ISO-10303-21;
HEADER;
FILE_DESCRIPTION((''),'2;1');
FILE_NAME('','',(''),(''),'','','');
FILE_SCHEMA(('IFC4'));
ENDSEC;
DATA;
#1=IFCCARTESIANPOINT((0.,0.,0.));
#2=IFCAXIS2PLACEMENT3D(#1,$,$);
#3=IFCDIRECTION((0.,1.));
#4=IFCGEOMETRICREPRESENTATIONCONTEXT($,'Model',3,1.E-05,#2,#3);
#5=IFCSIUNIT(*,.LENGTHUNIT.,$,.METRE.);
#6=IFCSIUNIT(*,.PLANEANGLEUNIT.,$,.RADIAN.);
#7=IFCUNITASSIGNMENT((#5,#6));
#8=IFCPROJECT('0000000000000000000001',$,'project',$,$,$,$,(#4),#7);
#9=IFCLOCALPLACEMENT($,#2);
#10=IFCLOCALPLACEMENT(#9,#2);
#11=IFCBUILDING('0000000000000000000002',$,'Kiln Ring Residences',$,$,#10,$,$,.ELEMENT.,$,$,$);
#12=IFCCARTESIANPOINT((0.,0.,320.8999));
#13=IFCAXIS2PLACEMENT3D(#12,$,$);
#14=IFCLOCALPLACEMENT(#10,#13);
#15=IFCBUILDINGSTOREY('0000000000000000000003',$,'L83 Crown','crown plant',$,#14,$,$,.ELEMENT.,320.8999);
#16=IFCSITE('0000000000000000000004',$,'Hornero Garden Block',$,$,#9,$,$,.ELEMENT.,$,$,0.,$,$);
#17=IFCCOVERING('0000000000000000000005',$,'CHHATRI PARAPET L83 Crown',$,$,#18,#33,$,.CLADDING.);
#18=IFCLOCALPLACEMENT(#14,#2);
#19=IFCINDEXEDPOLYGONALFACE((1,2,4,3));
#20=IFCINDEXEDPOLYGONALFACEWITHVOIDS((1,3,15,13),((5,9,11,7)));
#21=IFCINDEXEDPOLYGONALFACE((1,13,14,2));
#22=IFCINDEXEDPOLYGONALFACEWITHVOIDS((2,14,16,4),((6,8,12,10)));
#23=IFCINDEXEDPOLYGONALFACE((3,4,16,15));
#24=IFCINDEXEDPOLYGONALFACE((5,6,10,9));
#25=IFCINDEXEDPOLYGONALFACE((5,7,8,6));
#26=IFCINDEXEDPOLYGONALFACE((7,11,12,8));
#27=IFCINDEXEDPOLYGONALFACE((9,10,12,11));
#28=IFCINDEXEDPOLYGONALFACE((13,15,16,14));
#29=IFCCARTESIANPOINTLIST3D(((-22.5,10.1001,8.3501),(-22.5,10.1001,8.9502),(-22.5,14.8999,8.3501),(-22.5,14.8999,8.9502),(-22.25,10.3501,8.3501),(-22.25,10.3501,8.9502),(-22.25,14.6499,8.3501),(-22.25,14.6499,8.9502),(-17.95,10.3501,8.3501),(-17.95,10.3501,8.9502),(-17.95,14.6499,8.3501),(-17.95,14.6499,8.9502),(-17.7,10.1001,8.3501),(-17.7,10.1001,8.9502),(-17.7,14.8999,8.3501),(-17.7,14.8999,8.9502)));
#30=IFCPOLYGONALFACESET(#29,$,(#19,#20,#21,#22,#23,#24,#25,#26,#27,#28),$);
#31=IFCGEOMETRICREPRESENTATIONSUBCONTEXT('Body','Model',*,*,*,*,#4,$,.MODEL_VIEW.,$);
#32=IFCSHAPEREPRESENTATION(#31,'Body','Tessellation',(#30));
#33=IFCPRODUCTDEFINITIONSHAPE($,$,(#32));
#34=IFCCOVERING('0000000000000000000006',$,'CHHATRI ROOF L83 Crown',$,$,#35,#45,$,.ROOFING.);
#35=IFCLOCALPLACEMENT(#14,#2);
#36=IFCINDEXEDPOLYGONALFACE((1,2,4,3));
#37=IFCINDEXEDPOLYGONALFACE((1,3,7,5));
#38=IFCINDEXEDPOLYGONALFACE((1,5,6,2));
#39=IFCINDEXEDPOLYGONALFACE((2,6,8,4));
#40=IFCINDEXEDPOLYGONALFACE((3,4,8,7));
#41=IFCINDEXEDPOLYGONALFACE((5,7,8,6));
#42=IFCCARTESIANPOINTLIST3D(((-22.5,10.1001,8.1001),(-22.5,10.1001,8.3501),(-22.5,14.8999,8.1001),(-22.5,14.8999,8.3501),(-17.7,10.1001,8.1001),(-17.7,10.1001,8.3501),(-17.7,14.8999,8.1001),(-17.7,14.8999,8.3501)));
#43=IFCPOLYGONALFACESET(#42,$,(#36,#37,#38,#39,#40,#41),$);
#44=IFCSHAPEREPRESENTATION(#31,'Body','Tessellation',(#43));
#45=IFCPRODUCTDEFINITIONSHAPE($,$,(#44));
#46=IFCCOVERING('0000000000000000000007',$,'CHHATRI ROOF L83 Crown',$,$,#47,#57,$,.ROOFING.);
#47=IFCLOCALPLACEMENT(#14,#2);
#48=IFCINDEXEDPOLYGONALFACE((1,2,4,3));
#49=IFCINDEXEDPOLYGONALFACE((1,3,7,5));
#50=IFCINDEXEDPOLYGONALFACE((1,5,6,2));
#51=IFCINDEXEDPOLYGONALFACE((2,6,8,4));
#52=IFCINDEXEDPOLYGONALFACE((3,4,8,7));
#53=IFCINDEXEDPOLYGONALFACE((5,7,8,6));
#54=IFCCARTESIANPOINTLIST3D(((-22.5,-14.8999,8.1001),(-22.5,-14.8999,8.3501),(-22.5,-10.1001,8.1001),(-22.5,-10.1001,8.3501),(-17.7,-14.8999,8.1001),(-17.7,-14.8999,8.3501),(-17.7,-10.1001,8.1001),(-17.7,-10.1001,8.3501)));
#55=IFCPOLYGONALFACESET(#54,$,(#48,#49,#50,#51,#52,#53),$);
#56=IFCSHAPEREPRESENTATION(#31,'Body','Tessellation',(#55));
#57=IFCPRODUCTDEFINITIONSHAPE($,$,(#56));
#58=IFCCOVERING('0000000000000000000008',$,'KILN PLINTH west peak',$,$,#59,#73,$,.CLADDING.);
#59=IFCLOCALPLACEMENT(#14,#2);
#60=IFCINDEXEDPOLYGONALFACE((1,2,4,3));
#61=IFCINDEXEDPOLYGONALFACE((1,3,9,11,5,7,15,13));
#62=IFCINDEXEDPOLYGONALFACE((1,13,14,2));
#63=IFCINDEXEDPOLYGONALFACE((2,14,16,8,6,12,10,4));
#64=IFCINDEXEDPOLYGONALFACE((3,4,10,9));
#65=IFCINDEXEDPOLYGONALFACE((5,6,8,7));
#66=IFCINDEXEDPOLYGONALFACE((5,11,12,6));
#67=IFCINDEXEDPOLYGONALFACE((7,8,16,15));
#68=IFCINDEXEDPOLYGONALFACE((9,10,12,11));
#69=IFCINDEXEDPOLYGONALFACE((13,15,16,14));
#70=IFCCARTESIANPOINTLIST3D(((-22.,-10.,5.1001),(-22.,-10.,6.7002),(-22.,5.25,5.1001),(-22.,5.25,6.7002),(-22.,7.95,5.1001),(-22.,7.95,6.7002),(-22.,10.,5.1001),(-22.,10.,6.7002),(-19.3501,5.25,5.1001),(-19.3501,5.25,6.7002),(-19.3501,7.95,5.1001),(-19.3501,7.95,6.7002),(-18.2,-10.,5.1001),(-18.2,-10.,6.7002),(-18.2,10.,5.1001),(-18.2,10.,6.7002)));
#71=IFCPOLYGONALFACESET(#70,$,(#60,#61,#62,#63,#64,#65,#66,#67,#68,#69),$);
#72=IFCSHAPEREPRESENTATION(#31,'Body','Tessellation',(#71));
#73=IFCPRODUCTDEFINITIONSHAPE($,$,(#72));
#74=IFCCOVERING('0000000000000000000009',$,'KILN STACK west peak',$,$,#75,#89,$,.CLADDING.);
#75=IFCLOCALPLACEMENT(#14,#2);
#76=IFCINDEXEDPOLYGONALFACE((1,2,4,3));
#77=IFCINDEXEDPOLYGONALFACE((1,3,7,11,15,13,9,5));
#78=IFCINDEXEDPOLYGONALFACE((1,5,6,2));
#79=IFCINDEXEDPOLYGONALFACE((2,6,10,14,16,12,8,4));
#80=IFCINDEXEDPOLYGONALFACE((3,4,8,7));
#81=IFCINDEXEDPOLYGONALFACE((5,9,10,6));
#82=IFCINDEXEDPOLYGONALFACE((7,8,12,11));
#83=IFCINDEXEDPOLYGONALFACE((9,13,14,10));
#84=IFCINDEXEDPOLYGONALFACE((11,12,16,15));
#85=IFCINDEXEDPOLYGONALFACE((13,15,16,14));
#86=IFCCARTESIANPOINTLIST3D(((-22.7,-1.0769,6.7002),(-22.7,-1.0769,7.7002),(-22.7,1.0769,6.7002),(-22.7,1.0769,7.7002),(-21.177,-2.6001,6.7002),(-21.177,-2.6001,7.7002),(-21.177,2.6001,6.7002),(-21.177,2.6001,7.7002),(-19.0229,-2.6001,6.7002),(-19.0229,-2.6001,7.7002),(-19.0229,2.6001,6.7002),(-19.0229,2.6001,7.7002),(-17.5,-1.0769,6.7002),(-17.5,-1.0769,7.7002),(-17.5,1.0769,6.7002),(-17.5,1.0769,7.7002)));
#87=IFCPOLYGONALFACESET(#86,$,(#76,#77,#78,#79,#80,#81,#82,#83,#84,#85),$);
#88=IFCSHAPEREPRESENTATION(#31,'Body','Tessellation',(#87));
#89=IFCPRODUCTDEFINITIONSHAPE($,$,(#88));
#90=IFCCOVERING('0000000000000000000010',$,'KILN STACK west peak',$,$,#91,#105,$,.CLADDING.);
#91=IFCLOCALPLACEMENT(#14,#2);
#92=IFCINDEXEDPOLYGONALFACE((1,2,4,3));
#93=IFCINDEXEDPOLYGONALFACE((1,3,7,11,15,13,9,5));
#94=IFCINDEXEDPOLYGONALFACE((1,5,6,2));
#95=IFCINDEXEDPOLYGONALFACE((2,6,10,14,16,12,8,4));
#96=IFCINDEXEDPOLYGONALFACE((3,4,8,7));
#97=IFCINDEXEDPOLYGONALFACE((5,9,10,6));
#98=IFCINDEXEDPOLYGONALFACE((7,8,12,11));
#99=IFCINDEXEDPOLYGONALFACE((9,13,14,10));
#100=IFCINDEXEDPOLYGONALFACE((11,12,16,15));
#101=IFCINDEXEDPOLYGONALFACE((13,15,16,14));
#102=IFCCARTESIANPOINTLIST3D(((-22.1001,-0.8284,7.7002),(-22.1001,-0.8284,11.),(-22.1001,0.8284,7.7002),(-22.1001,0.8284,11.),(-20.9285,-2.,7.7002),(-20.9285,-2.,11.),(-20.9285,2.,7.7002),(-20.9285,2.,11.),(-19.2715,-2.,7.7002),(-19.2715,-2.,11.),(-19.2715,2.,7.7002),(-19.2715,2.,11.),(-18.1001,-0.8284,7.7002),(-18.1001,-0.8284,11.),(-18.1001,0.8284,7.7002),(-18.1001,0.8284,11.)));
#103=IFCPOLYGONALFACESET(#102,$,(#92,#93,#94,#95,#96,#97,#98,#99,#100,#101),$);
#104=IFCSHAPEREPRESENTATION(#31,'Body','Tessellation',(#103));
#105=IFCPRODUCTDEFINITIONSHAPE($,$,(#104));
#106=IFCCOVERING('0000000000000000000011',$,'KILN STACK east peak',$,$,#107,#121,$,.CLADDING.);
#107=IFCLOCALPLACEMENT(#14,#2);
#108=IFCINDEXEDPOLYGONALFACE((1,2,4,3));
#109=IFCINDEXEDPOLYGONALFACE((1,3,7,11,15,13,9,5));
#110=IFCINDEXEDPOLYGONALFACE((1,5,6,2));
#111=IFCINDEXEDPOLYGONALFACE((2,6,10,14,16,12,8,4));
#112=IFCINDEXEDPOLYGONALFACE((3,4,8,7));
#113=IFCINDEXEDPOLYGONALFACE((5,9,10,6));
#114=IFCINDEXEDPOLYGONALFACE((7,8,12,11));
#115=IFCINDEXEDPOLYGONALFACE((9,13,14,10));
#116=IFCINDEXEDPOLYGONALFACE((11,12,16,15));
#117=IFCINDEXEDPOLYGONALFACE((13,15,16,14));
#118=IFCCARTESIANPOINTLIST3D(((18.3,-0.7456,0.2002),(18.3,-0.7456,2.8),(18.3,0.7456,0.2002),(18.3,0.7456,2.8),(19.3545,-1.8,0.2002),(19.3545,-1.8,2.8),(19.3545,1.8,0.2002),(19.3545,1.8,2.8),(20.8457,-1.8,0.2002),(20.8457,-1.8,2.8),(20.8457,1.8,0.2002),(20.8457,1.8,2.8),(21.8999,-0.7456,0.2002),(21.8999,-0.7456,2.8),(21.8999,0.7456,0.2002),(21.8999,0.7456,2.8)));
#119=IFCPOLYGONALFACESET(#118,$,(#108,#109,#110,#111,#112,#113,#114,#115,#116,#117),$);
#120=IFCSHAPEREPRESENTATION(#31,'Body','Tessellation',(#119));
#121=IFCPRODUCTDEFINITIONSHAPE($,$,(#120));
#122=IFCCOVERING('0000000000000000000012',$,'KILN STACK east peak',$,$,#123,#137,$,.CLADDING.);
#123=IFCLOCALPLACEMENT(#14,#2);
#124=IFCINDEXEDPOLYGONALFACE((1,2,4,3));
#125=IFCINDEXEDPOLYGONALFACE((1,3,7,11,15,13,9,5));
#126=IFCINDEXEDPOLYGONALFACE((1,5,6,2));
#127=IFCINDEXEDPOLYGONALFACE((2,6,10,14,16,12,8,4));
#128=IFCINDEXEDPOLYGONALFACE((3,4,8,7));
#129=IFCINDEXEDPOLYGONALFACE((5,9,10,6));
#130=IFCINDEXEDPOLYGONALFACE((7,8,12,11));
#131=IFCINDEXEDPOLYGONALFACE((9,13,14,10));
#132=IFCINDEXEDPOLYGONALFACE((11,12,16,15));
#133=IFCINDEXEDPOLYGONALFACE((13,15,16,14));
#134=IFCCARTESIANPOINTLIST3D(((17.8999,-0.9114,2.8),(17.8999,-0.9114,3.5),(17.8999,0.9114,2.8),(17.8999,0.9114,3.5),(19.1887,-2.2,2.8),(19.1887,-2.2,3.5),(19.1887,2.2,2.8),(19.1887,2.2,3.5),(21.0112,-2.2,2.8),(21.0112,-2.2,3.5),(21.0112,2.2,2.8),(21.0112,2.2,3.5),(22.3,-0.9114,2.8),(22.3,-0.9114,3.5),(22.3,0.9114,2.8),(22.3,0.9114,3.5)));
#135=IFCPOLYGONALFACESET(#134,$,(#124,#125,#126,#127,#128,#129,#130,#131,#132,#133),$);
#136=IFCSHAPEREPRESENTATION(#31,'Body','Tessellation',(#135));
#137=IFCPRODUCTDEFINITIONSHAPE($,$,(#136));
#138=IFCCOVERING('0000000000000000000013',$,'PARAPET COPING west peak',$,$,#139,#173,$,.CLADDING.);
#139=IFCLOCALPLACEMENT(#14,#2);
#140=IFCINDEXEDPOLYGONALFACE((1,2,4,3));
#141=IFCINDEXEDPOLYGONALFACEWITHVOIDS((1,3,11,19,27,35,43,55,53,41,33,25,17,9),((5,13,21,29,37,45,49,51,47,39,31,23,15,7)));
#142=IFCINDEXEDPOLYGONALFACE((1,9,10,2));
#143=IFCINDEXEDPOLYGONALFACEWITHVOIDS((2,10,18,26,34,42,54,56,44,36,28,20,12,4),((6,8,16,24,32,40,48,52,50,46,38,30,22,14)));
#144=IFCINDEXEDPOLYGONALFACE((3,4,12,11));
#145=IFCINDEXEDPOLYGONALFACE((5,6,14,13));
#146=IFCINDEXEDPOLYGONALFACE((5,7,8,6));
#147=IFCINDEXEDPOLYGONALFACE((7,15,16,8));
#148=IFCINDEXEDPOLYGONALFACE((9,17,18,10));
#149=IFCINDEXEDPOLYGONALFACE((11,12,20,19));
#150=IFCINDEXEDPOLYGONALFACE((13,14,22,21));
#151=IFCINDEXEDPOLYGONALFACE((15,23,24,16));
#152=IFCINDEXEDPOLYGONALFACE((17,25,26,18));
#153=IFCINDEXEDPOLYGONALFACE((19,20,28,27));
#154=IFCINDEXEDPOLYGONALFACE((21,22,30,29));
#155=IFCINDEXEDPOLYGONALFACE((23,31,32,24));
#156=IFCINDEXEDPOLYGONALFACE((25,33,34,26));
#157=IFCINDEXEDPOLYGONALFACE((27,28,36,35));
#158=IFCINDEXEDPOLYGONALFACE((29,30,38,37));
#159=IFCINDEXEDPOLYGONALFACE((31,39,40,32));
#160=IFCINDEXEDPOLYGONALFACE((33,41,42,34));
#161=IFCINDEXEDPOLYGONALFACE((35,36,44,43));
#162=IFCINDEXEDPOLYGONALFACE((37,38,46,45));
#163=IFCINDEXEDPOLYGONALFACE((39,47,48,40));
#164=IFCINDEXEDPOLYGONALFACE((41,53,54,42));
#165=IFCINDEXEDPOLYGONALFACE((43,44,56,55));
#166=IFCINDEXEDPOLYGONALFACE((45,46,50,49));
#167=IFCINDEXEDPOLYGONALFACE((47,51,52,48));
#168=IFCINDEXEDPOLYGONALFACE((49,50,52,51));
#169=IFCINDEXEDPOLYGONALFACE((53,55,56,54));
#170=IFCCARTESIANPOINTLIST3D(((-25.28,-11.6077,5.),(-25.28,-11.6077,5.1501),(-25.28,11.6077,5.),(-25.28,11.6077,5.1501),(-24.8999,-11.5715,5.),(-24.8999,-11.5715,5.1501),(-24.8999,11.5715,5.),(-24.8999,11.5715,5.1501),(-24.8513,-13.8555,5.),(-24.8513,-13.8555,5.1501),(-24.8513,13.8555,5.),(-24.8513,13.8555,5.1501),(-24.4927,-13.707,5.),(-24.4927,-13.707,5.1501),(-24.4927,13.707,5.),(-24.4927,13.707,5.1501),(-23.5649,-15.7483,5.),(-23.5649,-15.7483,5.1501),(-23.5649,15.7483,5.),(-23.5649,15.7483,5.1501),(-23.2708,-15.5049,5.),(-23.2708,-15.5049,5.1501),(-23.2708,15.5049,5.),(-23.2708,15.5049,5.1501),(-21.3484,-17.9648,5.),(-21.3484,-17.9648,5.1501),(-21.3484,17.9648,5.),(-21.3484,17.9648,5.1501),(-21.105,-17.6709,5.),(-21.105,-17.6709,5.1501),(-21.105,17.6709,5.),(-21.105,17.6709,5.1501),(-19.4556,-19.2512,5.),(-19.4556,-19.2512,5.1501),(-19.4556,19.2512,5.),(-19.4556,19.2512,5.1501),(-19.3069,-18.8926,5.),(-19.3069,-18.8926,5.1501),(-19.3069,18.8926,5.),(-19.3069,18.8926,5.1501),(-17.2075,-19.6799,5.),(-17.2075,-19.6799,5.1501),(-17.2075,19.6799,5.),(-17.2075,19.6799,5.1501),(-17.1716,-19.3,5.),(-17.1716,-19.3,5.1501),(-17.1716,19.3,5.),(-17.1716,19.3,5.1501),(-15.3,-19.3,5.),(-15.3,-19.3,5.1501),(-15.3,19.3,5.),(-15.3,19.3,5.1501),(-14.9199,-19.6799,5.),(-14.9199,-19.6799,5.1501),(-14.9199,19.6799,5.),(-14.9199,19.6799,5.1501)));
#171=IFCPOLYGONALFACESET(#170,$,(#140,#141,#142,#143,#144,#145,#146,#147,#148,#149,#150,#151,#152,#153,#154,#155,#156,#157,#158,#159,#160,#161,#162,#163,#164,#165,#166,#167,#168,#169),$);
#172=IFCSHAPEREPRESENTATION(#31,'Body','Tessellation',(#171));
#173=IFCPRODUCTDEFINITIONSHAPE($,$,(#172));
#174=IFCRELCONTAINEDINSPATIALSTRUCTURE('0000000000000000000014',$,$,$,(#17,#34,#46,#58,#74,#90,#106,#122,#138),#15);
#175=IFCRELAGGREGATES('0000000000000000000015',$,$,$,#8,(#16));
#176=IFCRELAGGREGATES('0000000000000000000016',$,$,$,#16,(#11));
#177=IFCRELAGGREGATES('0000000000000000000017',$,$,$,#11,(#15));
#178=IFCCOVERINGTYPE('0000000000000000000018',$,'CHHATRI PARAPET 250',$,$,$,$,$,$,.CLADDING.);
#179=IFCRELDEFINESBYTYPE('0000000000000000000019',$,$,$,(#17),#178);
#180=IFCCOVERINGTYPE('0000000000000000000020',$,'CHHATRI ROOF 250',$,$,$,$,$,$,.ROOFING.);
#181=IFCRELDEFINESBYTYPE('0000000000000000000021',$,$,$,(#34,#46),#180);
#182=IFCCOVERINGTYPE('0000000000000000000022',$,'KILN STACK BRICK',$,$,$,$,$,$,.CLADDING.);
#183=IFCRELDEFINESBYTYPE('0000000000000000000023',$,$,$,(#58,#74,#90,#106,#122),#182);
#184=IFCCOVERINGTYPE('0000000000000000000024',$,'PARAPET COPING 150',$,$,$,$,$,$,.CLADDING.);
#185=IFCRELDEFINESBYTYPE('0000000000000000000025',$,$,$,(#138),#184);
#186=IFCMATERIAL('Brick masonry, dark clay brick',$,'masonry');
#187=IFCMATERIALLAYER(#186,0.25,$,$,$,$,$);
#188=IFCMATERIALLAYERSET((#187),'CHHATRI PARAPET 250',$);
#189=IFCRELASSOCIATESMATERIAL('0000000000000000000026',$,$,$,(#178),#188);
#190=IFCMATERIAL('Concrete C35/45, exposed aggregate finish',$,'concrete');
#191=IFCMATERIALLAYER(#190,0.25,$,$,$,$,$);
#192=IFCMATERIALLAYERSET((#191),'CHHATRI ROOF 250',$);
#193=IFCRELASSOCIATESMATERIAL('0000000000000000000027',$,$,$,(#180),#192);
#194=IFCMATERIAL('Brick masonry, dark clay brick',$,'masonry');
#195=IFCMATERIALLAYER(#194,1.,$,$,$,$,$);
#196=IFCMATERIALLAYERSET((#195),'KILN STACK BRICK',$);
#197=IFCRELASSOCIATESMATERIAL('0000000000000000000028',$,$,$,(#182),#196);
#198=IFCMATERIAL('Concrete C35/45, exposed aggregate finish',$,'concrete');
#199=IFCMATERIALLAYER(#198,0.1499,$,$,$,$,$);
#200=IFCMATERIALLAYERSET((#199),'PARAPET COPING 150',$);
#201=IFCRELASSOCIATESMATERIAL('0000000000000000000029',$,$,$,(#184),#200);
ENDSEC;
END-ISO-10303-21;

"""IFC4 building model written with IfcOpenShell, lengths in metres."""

from ifc_helpers import new_model, si_unit, direction, frame, origin, place, context, subcontext, project, spatial, polyline, outline, extrude, material, layer, layer_set, type_object, element, save


model = new_model("IFC4")

# Units and contexts
model_context = context("Model", 3, precision=1e-05, world=origin(), true_north=direction((0.0, 1.0)))
body_context = subcontext(model_context, "Body", "Model", "MODEL_VIEW")
ifc_project = project(units=[si_unit("LENGTHUNIT", "METRE"), si_unit("PLANEANGLEUNIT", "RADIAN")], contexts=[model_context])

# Site, building, storey
site_placement = place(None, origin())
site = spatial("IfcSite", under=ifc_project, at=site_placement, Name="Hornero Garden Block", CompositionType="ELEMENT", RefElevation=0.0)
building_placement = place(site_placement, origin())
building = spatial("IfcBuilding", under=site, at=building_placement, Name="Kiln Ring Residences", CompositionType="ELEMENT")
storey_placement = place(building_placement, frame((0.0, 0.0, 320.8999)))
storey = spatial("IfcBuildingStorey", under=building, at=storey_placement, Name="L83 Crown", Description="crown plant", CompositionType="ELEMENT", Elevation=320.8999)

# Shared definitions
placement_1 = place(storey_placement, frame((0.0, 0.0, 5.1001)))

# Coverings
ifc_material_1 = material(Name="Brick masonry, dark clay brick", Category="masonry")
ifc_layer_1 = layer(ifc_material_1, 0.25)
ifc_layer_set_1 = layer_set([ifc_layer_1], Name="CHHATRI PARAPET 250")
covering_type_1 = type_object("IfcCoveringType", Name="CHHATRI PARAPET 250", PredefinedType="CLADDING", material=ifc_layer_set_1)
covering_1_placement = place(storey_placement, frame((0.0, 0.0, 8.3501)))
element("IfcCovering", 1, at=covering_1_placement, inside=storey, type_object=covering_type_1, Name="CHHATRI PARAPET L83 Crown", PredefinedType="CLADDING", context=body_context, shape_type="SweptSolid", body=[
    extrude(outline(polyline([(-22.5, 10.1001), (-17.7, 10.1001), (-17.7, 14.8999), (-22.5, 14.8999), (-22.5, 10.1001)]), holes=[polyline([(-17.95, 14.6499), (-17.95, 10.3501), (-22.25, 10.3501), (-22.25, 14.6499), (-17.95, 14.6499)])]), origin(), (0.0, 0.0, 1.0), 0.6001),
])
ifc_material_2 = material(Name="Concrete C35/45, exposed aggregate finish", Category="concrete")
ifc_layer_2 = layer(ifc_material_2, 0.25)
ifc_layer_set_2 = layer_set([ifc_layer_2], Name="CHHATRI ROOF 250")
covering_type_2 = type_object("IfcCoveringType", Name="CHHATRI ROOF 250", PredefinedType="ROOFING", material=ifc_layer_set_2)
placement_2 = place(storey_placement, frame((0.0, 0.0, 8.1001)))
element("IfcCovering", 2, at=placement_2, inside=storey, type_object=covering_type_2, Name="CHHATRI ROOF L83 Crown", PredefinedType="ROOFING", context=body_context, shape_type="SweptSolid", body=[
    extrude(outline(polyline([(-17.7, 10.1001), (-17.7, 14.8999), (-22.5, 14.8999), (-22.5, 10.1001), (-17.7, 10.1001)])), origin(), (0.0, 0.0, 1.0), 0.25),
])
element("IfcCovering", 3, at=placement_2, inside=storey, type_object=covering_type_2, Name="CHHATRI ROOF L83 Crown", PredefinedType="ROOFING", context=body_context, shape_type="SweptSolid", body=[
    extrude(outline(polyline([(-17.7, -14.8999), (-17.7, -10.1001), (-22.5, -10.1001), (-22.5, -14.8999), (-17.7, -14.8999)])), origin(), (0.0, 0.0, 1.0), 0.25),
])
ifc_material_3 = material(Name="Brick masonry, dark clay brick", Category="masonry")
ifc_layer_3 = layer(ifc_material_3, 1.0)
ifc_layer_set_3 = layer_set([ifc_layer_3], Name="KILN STACK BRICK")
covering_type_3 = type_object("IfcCoveringType", Name="KILN STACK BRICK", PredefinedType="CLADDING", material=ifc_layer_set_3)
element("IfcCovering", 4, at=placement_1, inside=storey, type_object=covering_type_3, Name="KILN PLINTH west peak", PredefinedType="CLADDING", context=body_context, shape_type="SweptSolid", body=[
    extrude(outline(polyline([(-18.2, 10.0), (-22.0, 10.0), (-22.0, 7.95), (-19.3501, 7.95), (-19.3501, 5.25), (-22.0, 5.25), (-22.0, -10.0), (-18.2, -10.0), (-18.2, 10.0)])), origin(), (0.0, 0.0, 1.0), 1.6001),
])
covering_2_placement = place(storey_placement, frame((0.0, 0.0, 6.7002)))
element("IfcCovering", 5, at=covering_2_placement, inside=storey, type_object=covering_type_3, Name="KILN STACK west peak", PredefinedType="CLADDING", context=body_context, shape_type="SweptSolid", body=[
    extrude(outline(polyline([(-17.5, 1.0769), (-19.0229, 2.6001), (-21.177, 2.6001), (-22.7, 1.0769), (-22.7, -1.0769), (-21.177, -2.6001), (-19.0229, -2.6001), (-17.5, -1.0769), (-17.5, 1.0769)])), origin(), (0.0, 0.0, 1.0), 1.0),
])
covering_3_placement = place(storey_placement, frame((0.0, 0.0, 7.7002)))
element("IfcCovering", 6, at=covering_3_placement, inside=storey, type_object=covering_type_3, Name="KILN STACK west peak", PredefinedType="CLADDING", context=body_context, shape_type="SweptSolid", body=[
    extrude(outline(polyline([(-18.1001, 0.8284), (-19.2715, 2.0), (-20.9285, 2.0), (-22.1001, 0.8284), (-22.1001, -0.8284), (-20.9285, -2.0), (-19.2715, -2.0), (-18.1001, -0.8284), (-18.1001, 0.8284)])), origin(), (0.0, 0.0, 1.0), 3.2998),
])
covering_4_placement = place(storey_placement, frame((0.0, 0.0, 0.2002)))
element("IfcCovering", 7, at=covering_4_placement, inside=storey, type_object=covering_type_3, Name="KILN STACK east peak", PredefinedType="CLADDING", context=body_context, shape_type="SweptSolid", body=[
    extrude(outline(polyline([(21.8999, 0.7456), (20.8457, 1.8), (19.3545, 1.8), (18.3, 0.7456), (18.3, -0.7456), (19.3545, -1.8), (20.8457, -1.8), (21.8999, -0.7456), (21.8999, 0.7456)])), origin(), (0.0, 0.0, 1.0), 2.5999),
])
covering_5_placement = place(storey_placement, frame((0.0, 0.0, 2.8)))
element("IfcCovering", 8, at=covering_5_placement, inside=storey, type_object=covering_type_3, Name="KILN STACK east peak", PredefinedType="CLADDING", context=body_context, shape_type="SweptSolid", body=[
    extrude(outline(polyline([(22.3, 0.9114), (21.0112, 2.2), (19.1887, 2.2), (17.8999, 0.9114), (17.8999, -0.9114), (19.1887, -2.2), (21.0112, -2.2), (22.3, -0.9114), (22.3, 0.9114)])), origin(), (0.0, 0.0, 1.0), 0.7),
])
ifc_material_4 = material(Name="Concrete C35/45, exposed aggregate finish", Category="concrete")
ifc_layer_4 = layer(ifc_material_4, 0.1499)
ifc_layer_set_4 = layer_set([ifc_layer_4], Name="PARAPET COPING 150")
covering_type_4 = type_object("IfcCoveringType", Name="PARAPET COPING 150", PredefinedType="CLADDING", material=ifc_layer_set_4)
covering_6_placement = place(storey_placement, frame((0.0, 0.0, 5.0)))
element("IfcCovering", 9, at=covering_6_placement, inside=storey, type_object=covering_type_4, Name="PARAPET COPING west peak", PredefinedType="CLADDING", context=body_context, shape_type="SweptSolid", body=[
    extrude(outline(polyline([(-21.3484, -17.9648), (-19.4556, -19.2512), (-17.2075, -19.6799), (-14.9199, -19.6799), (-14.9199, 19.6799), (-17.2075, 19.6799), (-19.4556, 19.2512), (-21.3484, 17.9648), (-23.5649, 15.7483), (-24.8513, 13.8555), (-25.28, 11.6077), (-25.28, -11.6077), (-24.8513, -13.8555), (-23.5649, -15.7483), (-21.3484, -17.9648)]), holes=[polyline([(-17.1716, -19.3), (-19.3069, -18.8926), (-21.105, -17.6709), (-23.2708, -15.5049), (-24.4927, -13.707), (-24.8999, -11.5715), (-24.8999, 11.5715), (-24.4927, 13.707), (-23.2708, 15.5049), (-21.105, 17.6709), (-19.3069, 18.8926), (-17.1716, 19.3), (-15.3, 19.3), (-15.3, -19.3), (-17.1716, -19.3)])]), origin(), (0.0, 0.0, 1.0), 0.1501),
])

save(model, "model.ifc")
